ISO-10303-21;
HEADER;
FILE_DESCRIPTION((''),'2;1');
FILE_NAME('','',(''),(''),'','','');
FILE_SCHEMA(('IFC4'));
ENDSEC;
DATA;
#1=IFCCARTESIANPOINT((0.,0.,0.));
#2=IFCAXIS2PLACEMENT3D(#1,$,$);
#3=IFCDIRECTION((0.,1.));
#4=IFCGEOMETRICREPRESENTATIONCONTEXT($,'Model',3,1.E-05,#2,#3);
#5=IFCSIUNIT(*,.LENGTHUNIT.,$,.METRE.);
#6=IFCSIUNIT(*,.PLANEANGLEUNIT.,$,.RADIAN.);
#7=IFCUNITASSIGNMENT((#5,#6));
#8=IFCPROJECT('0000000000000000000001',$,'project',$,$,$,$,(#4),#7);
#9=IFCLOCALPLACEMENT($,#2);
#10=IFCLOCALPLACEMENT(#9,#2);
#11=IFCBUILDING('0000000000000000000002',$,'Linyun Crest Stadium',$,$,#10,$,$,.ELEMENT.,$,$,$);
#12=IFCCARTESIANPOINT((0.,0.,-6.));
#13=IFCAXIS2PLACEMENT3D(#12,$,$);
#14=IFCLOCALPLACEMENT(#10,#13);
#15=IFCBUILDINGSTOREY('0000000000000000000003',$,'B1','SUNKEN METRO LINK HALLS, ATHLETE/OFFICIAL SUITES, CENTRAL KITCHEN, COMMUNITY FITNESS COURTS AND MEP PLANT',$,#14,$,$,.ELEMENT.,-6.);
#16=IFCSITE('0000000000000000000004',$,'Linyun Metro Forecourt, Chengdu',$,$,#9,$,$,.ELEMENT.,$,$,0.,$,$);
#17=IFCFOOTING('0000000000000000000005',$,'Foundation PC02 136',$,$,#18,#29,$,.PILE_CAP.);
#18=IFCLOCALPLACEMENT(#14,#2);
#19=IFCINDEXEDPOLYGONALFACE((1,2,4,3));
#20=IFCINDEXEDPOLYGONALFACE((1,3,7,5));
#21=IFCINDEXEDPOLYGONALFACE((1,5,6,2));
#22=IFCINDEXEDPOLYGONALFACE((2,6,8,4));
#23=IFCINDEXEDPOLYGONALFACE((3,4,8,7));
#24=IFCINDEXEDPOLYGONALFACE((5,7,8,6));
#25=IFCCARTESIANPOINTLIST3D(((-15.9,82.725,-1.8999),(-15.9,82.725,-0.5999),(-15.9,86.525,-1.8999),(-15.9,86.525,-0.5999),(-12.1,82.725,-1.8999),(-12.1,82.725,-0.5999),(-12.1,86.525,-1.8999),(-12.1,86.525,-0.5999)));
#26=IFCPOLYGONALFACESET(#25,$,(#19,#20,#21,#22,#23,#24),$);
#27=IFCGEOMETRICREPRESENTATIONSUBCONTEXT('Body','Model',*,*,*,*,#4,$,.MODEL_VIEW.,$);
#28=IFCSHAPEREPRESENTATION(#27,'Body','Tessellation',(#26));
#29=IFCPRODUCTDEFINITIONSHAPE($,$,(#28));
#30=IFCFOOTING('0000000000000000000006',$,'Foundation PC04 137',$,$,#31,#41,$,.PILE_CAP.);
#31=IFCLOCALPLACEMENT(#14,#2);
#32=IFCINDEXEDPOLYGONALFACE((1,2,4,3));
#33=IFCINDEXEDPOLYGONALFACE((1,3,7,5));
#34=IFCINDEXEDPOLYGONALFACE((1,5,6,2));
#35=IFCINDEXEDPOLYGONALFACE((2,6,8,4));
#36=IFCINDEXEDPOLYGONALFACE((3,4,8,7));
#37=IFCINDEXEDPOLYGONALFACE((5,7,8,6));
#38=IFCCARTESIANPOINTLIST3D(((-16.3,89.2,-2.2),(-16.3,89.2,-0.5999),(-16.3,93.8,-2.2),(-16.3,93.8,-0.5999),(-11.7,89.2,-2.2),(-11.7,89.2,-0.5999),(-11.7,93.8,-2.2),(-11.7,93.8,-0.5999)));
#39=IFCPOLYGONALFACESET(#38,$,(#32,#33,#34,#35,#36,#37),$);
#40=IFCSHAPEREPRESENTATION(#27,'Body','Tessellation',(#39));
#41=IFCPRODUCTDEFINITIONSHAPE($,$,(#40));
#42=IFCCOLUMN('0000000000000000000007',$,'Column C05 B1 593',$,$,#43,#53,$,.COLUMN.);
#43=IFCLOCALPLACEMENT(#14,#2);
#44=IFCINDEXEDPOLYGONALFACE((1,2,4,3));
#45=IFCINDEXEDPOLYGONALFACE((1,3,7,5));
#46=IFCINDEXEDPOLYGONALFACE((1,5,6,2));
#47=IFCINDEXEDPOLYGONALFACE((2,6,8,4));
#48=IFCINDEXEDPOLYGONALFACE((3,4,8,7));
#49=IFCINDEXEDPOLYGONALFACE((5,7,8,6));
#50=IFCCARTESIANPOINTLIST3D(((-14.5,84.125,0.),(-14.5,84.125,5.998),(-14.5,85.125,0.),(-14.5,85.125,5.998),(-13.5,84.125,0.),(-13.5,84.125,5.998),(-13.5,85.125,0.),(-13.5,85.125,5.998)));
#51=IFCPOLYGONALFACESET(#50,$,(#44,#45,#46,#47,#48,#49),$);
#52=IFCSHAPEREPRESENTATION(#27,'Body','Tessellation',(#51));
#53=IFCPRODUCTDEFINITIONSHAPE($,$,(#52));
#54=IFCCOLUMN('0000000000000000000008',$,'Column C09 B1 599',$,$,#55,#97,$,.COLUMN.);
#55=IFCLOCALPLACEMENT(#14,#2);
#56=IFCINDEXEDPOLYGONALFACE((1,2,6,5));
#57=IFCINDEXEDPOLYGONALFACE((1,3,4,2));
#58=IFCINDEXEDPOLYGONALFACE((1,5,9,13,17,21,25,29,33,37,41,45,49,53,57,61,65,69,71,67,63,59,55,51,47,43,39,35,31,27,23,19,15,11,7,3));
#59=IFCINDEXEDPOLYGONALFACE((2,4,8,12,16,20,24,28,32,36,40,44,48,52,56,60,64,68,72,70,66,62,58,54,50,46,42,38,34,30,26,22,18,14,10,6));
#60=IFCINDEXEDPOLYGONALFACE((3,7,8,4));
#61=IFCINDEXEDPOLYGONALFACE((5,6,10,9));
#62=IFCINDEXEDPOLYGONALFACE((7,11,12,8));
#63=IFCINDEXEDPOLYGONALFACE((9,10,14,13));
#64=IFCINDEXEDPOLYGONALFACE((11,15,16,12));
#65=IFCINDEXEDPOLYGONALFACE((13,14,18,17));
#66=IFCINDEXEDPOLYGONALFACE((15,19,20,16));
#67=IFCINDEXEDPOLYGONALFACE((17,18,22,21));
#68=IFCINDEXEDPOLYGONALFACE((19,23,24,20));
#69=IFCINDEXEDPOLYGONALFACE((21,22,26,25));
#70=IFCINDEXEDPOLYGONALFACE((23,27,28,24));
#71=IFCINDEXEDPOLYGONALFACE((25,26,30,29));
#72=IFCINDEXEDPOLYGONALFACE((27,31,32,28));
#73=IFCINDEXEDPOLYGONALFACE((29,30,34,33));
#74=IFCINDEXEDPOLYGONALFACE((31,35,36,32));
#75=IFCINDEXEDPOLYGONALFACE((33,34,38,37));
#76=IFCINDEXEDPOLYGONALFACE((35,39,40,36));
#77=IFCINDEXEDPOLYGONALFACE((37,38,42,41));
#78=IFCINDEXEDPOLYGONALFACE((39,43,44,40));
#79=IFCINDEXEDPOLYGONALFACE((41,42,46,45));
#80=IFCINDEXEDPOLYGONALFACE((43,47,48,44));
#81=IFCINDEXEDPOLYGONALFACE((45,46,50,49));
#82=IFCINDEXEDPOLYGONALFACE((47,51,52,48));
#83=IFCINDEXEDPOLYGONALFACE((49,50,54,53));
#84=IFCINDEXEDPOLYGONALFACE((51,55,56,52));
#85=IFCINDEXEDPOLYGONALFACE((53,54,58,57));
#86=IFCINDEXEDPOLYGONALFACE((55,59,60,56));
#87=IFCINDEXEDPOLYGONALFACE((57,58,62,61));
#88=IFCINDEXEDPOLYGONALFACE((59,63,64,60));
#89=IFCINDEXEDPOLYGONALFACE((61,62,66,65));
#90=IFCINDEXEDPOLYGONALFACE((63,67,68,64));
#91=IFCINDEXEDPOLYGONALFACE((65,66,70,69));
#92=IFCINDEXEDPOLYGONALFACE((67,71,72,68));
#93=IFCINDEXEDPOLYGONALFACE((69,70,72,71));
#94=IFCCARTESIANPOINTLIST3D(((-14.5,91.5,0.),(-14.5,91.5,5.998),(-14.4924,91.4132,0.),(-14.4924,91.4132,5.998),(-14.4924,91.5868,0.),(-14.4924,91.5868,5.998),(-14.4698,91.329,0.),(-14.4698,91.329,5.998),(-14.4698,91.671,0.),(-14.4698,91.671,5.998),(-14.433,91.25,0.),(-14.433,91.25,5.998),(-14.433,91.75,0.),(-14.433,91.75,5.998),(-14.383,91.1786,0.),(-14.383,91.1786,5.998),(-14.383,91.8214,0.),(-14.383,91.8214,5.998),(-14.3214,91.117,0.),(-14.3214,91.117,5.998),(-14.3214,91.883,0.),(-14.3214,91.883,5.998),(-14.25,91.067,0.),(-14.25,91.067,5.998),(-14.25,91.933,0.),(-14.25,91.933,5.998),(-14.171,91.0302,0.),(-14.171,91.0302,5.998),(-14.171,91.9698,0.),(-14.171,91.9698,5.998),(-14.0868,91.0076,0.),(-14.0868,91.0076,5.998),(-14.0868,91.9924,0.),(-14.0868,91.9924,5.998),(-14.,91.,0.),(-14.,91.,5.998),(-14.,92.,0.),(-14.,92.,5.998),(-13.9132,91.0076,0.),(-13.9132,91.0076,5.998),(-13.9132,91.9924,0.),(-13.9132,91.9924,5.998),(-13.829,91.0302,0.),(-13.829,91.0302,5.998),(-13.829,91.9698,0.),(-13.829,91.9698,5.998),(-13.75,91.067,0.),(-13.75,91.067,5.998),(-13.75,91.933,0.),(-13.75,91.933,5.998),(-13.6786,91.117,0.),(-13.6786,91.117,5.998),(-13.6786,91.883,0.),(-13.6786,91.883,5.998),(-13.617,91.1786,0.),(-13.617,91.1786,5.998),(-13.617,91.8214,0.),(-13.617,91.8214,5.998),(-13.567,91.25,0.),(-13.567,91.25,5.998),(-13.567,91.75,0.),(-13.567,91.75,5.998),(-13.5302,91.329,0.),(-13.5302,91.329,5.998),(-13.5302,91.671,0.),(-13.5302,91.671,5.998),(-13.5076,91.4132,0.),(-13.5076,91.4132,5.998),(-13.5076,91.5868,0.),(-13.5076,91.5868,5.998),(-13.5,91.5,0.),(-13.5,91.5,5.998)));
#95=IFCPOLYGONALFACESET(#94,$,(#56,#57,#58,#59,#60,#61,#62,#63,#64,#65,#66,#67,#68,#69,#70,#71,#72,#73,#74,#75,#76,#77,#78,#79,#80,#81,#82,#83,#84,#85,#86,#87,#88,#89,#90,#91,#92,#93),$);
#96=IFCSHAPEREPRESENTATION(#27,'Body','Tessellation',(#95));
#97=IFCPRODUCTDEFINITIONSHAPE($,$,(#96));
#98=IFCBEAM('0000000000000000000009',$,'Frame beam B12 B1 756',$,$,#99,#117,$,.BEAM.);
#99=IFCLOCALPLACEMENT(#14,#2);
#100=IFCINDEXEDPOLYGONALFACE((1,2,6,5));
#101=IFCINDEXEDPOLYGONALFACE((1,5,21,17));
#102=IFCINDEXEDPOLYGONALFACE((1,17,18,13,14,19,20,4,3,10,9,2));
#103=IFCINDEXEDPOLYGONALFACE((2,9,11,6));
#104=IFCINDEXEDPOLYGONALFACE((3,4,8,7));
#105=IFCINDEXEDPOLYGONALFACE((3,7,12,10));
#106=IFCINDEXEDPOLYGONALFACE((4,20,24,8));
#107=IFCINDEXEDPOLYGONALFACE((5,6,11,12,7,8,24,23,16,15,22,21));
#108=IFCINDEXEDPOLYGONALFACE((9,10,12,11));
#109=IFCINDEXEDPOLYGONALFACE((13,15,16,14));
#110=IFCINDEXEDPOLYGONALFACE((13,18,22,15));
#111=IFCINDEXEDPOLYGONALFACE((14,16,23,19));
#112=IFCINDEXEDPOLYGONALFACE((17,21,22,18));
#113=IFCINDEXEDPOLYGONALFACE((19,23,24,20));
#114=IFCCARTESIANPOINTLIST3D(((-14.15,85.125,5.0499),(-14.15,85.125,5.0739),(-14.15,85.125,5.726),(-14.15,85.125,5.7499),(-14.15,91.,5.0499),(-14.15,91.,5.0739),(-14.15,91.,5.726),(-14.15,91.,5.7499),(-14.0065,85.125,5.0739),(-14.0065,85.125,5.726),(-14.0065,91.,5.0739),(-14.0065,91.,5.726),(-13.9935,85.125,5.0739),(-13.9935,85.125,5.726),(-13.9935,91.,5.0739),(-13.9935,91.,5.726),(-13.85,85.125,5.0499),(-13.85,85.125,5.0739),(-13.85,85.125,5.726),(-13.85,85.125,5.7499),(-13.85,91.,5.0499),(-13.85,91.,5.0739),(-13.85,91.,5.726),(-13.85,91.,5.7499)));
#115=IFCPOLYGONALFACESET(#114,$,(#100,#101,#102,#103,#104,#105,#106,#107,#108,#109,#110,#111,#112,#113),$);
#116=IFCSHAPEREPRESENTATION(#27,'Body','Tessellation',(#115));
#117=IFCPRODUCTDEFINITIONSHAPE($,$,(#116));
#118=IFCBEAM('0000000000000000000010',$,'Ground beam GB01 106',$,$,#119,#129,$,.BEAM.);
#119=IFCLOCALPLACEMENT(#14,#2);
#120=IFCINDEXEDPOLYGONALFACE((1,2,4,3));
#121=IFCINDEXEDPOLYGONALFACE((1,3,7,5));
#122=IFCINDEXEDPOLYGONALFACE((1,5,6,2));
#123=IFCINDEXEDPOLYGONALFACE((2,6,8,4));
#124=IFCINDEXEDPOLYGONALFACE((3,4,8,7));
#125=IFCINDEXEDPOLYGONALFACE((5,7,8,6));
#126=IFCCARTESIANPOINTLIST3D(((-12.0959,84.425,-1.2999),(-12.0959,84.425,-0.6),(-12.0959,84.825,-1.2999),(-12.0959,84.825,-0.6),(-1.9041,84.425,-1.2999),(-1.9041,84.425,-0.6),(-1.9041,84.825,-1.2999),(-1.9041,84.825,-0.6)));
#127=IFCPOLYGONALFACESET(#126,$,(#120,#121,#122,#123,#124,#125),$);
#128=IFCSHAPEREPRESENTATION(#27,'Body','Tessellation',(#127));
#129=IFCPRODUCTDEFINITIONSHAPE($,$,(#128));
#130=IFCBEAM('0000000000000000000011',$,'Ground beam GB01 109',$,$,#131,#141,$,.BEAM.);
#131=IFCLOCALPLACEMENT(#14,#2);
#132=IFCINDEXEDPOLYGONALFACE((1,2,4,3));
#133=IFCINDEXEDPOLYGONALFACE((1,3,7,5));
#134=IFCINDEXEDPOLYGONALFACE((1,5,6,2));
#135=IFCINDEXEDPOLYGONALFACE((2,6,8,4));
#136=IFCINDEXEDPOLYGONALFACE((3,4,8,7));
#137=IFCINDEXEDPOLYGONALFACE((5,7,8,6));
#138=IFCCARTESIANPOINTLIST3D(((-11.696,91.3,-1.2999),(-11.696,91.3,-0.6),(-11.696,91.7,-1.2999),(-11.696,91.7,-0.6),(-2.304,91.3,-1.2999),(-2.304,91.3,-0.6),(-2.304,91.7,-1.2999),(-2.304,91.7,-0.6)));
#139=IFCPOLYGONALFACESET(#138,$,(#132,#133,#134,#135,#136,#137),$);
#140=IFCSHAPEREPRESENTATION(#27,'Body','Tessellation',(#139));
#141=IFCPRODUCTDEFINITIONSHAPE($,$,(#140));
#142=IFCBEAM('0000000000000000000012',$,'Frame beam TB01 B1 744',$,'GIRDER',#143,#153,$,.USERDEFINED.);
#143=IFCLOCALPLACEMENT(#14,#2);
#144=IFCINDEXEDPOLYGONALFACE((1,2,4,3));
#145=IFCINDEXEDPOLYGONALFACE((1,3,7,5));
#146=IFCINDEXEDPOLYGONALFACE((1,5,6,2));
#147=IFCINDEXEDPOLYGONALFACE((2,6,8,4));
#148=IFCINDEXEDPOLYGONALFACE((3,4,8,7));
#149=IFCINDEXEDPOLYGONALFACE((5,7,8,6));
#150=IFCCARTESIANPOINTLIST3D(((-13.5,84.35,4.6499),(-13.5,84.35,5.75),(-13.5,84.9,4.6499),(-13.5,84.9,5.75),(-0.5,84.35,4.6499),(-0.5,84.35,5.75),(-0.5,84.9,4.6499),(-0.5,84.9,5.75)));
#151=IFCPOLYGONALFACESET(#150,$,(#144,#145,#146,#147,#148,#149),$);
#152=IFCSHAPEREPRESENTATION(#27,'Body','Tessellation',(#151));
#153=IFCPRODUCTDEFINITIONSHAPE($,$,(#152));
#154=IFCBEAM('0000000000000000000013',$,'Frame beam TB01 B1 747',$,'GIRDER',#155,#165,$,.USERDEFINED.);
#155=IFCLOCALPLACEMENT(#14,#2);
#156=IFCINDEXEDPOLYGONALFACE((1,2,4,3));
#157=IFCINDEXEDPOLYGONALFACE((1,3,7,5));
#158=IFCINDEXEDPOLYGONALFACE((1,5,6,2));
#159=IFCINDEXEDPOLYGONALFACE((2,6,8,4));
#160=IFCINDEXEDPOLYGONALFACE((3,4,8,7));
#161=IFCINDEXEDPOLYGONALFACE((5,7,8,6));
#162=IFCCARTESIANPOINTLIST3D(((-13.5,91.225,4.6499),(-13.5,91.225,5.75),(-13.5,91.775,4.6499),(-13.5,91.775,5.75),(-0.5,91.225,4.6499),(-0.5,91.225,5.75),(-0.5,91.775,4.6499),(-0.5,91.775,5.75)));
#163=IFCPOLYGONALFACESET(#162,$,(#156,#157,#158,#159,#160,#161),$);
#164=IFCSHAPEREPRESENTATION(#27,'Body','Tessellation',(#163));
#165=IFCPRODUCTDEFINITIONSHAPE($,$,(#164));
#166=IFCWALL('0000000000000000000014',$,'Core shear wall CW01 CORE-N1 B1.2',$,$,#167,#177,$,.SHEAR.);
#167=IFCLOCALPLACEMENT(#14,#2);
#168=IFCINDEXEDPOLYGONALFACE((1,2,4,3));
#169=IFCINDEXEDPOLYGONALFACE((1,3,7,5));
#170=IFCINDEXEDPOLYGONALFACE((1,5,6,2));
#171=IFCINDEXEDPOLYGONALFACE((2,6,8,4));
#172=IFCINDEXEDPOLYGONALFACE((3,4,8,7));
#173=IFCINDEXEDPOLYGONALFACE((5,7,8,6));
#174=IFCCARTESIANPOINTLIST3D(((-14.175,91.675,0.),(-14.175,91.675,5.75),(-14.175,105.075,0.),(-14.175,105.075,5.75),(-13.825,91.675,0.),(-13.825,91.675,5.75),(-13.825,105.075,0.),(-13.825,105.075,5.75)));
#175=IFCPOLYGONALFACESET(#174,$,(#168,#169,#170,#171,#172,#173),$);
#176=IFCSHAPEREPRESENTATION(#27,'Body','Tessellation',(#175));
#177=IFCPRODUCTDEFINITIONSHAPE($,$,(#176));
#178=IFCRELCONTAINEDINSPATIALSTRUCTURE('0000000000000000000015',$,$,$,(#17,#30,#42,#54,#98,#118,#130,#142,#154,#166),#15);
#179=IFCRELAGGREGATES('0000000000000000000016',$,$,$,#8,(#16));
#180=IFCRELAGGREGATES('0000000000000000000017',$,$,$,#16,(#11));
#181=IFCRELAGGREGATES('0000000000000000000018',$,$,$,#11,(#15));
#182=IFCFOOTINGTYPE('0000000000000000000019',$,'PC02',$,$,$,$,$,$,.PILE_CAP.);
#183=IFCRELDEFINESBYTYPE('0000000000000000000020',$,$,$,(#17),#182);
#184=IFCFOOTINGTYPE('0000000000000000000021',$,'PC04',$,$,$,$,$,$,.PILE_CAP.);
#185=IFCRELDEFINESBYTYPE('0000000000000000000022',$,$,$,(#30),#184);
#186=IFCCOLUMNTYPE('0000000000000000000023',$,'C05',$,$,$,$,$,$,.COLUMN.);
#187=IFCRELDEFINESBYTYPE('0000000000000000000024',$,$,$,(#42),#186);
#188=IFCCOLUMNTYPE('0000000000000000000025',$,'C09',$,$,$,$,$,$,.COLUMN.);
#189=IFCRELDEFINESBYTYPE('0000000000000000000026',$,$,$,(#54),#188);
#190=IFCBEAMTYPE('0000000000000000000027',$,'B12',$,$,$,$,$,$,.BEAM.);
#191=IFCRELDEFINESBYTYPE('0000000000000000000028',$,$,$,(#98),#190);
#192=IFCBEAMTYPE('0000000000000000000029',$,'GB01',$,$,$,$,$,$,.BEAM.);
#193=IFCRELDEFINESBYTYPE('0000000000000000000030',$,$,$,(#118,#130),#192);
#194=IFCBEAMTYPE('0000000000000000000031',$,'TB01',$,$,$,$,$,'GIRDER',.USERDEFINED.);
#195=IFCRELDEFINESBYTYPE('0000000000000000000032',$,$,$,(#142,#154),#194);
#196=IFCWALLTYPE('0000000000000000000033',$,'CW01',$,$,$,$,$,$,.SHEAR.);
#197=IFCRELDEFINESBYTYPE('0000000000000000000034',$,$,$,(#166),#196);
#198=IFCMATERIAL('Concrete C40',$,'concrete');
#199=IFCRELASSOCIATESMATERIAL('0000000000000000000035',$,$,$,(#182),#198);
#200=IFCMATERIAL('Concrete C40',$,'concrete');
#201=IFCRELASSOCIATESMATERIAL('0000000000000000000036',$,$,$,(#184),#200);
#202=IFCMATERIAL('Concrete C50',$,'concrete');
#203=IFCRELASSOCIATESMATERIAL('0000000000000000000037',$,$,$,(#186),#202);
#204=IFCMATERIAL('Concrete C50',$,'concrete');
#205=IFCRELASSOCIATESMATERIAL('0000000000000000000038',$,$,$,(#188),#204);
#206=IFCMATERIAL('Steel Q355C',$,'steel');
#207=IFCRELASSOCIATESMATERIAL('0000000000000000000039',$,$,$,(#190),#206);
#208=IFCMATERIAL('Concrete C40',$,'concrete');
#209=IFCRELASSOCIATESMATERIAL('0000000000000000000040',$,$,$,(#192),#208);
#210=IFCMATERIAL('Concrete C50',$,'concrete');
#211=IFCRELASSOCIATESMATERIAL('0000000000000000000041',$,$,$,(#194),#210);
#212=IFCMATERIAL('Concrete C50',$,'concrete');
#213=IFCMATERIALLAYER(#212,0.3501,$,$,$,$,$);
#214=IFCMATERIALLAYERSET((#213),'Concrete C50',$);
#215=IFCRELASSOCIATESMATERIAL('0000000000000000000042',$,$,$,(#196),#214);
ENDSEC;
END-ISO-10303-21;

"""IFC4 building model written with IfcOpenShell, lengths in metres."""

from ifc_helpers import new_model, si_unit, direction, frame, frame_2d, origin, origin_2d, place, context, subcontext, project, spatial, rectangle, circle, i_section, extrude, material, layer, layer_set, material_profile, profile_set, type_object, element, save


model = new_model("IFC4")

# Units and contexts
model_context = context("Model", 3, precision=1e-05, world=origin(), true_north=direction((0.0, 1.0)))
body_context = subcontext(model_context, "Body", "Model", "MODEL_VIEW")
ifc_project = project(units=[si_unit("LENGTHUNIT", "METRE"), si_unit("PLANEANGLEUNIT", "RADIAN")], contexts=[model_context])

# Site, building, storey
site_placement = place(None, origin())
site = spatial("IfcSite", under=ifc_project, at=site_placement, Name="Linyun Metro Forecourt, Chengdu", CompositionType="ELEMENT", RefElevation=0.0)
building_placement = place(site_placement, origin())
building = spatial("IfcBuilding", under=site, at=building_placement, Name="Linyun Crest Stadium", CompositionType="ELEMENT")
storey_placement = place(building_placement, frame((0.0, 0.0, -6.0)))
storey = spatial("IfcBuildingStorey", under=building, at=storey_placement, Name="B1", Description="SUNKEN METRO LINK HALLS, ATHLETE/OFFICIAL SUITES, CENTRAL KITCHEN, COMMUNITY FITNESS COURTS AND MEP PLANT", CompositionType="ELEMENT", Elevation=-6.0)

# Footings
ifc_material_1 = material(Name="Concrete C40", Category="concrete")
footing_type_1 = type_object("IfcFootingType", Name="PC02", PredefinedType="PILE_CAP", material=ifc_material_1)
footing_1_placement = place(storey_placement, frame((-14.0, 84.625, -1.8999), z_axis=(0.0, 0.0, 1.0), x_axis=(1.0, 0.0, 0.0)))
element("IfcFooting", 1, at=footing_1_placement, inside=storey, type_object=footing_type_1, Name="Foundation PC02 136", PredefinedType="PILE_CAP", context=body_context, shape_type="SweptSolid", body=[
    extrude(rectangle(XDim=3.8, YDim=3.8, at=origin_2d()), origin(), (0.0, 0.0, 1.0), 1.3),
])
ifc_material_2 = material(Name="Concrete C40", Category="concrete")
footing_type_2 = type_object("IfcFootingType", Name="PC04", PredefinedType="PILE_CAP", material=ifc_material_2)
footing_2_placement = place(storey_placement, frame((-14.0, 91.5, -2.2), z_axis=(0.0, 0.0, 1.0), x_axis=(1.0, 0.0, 0.0)))
element("IfcFooting", 2, at=footing_2_placement, inside=storey, type_object=footing_type_2, Name="Foundation PC04 137", PredefinedType="PILE_CAP", context=body_context, shape_type="SweptSolid", body=[
    extrude(rectangle(XDim=4.6001, YDim=4.6001, at=origin_2d()), origin(), (0.0, 0.0, 1.0), 1.6001),
])

# Columns
ifc_material_3 = material(Name="Concrete C50", Category="concrete")
ifc_material_profile_1 = material_profile(ifc_material_3, rectangle(XDim=1.0, YDim=1.0, at=origin_2d()), Name="RC 1000x1000")
ifc_profile_set_1 = profile_set([ifc_material_profile_1], Name="Concrete C50")
column_type_1 = type_object("IfcColumnType", Name="C05", PredefinedType="COLUMN", material=ifc_profile_set_1)
column_1_placement = place(storey_placement, frame((-14.0, 84.625, 0.0), z_axis=(0.0, 0.0, 1.0), x_axis=(1.0, 0.0, 0.0)))
element("IfcColumn", 3, at=column_1_placement, inside=storey, type_object=column_type_1, Name="Column C05 B1 593", PredefinedType="COLUMN", context=body_context, shape_type="SweptSolid", body=[
    extrude(rectangle(XDim=1.0, YDim=1.0, at=origin_2d()), origin(), (0.0, 0.0, 1.0), 5.998),
])
ifc_material_4 = material(Name="Concrete C50", Category="concrete")
ifc_material_profile_2 = material_profile(ifc_material_4, circle(Radius=0.5, at=origin_2d()), Name="RC D1000")
ifc_profile_set_2 = profile_set([ifc_material_profile_2], Name="Concrete C50")
column_type_2 = type_object("IfcColumnType", Name="C09", PredefinedType="COLUMN", material=ifc_profile_set_2)
column_2_placement = place(storey_placement, frame((-14.0, 91.5, 0.0), z_axis=(0.0, 0.0, 1.0), x_axis=(1.0, 0.0, 0.0)))
element("IfcColumn", 4, at=column_2_placement, inside=storey, type_object=column_type_2, Name="Column C09 B1 599", PredefinedType="COLUMN", context=body_context, shape_type="SweptSolid", body=[
    extrude(circle(Radius=0.5, at=origin_2d()), origin(), (0.0, 0.0, 1.0), 5.998),
])

# Beams
ifc_material_5 = material(Name="Steel Q355C", Category="steel")
ifc_material_profile_3 = material_profile(ifc_material_5, i_section(OverallWidth=0.3, OverallDepth=0.7, WebThickness=0.0129, FlangeThickness=0.0239, at=origin_2d()), Name="HN 700x300")
ifc_profile_set_3 = profile_set([ifc_material_profile_3], Name="Steel Q355C")
beam_type_1 = type_object("IfcBeamType", Name="B12", PredefinedType="BEAM", material=ifc_profile_set_3)
beam_1_placement = place(storey_placement, frame((-14.0, 85.125, 5.3999), z_axis=(0.0, 1.0, 0.0), x_axis=(-1.0, 0.0, 0.0)))
element("IfcBeam", 5, at=beam_1_placement, inside=storey, type_object=beam_type_1, Name="Frame beam B12 B1 756", PredefinedType="BEAM", context=body_context, shape_type="SweptSolid", body=[
    extrude(i_section(OverallWidth=0.3, OverallDepth=0.7, WebThickness=0.0129, FlangeThickness=0.0239, at=origin_2d()), origin(), (0.0, 0.0, 1.0), 5.875),
])
ifc_material_6 = material(Name="Concrete C40", Category="concrete")
ifc_material_profile_4 = material_profile(ifc_material_6, rectangle(XDim=0.3999, YDim=0.7, at=origin_2d()), Name="RCB 700x400")
ifc_profile_set_4 = profile_set([ifc_material_profile_4], Name="Concrete C40")
beam_type_2 = type_object("IfcBeamType", Name="GB01", PredefinedType="BEAM", material=ifc_profile_set_4)
beam_2_placement = place(storey_placement, frame((-12.0959, 84.625, -0.95), z_axis=(1.0, 0.0, 0.0), x_axis=(0.0, 1.0, 0.0)))
element("IfcBeam", 6, at=beam_2_placement, inside=storey, type_object=beam_type_2, Name="Ground beam GB01 106", PredefinedType="BEAM", context=body_context, shape_type="SweptSolid", body=[
    extrude(rectangle(XDim=0.3999, YDim=0.7, at=origin_2d()), origin(), (0.0, 0.0, 1.0), 10.1919),
])
beam_3_placement = place(storey_placement, frame((-11.696, 91.5, -0.95), z_axis=(1.0, 0.0, 0.0), x_axis=(0.0, 1.0, 0.0)))
element("IfcBeam", 7, at=beam_3_placement, inside=storey, type_object=beam_type_2, Name="Ground beam GB01 109", PredefinedType="BEAM", context=body_context, shape_type="SweptSolid", body=[
    extrude(rectangle(XDim=0.3999, YDim=0.7, at=origin_2d()), origin(), (0.0, 0.0, 1.0), 9.3921),
])
ifc_material_7 = material(Name="Concrete C50", Category="concrete")
ifc_material_profile_5 = material_profile(ifc_material_7, rectangle(XDim=0.55, YDim=1.1001, at=origin_2d()), Name="RCB 1100x550")
ifc_profile_set_5 = profile_set([ifc_material_profile_5], Name="Concrete C50")
beam_type_3 = type_object("IfcBeamType", Name="TB01", ElementType="GIRDER", PredefinedType="USERDEFINED", material=ifc_profile_set_5)
for number, where, z_axis, x_axis, name in (
    (8, (-13.5, 84.625, 5.2), (1.0, 0.0, 0.0), (0.0, 1.0, 0.0), "Frame beam TB01 B1 744"),
    (9, (-13.5, 91.5, 5.2), (1.0, 0.0, 0.0), (0.0, 1.0, 0.0), "Frame beam TB01 B1 747"),
):
    element("IfcBeam", number, at=place(storey_placement, frame(where, z_axis=z_axis, x_axis=x_axis)), inside=storey, type_object=beam_type_3, Name=name, ObjectType="GIRDER", PredefinedType="USERDEFINED", context=body_context, shape_type="SweptSolid", body=[
        extrude(rectangle(XDim=0.55, YDim=1.1001, at=origin_2d()), origin(), (0.0, 0.0, 1.0), 13.0),
    ])

# Wall
ifc_material_8 = material(Name="Concrete C50", Category="concrete")
ifc_layer_1 = layer(ifc_material_8, 0.3501)
ifc_layer_set_1 = layer_set([ifc_layer_1], Name="Concrete C50")
wall_type_1 = type_object("IfcWallType", Name="CW01", PredefinedType="SHEAR", material=ifc_layer_set_1)
wall_1_placement = place(storey_placement, frame((-14.0, 91.675, 0.0), z_axis=(0.0, 0.0, 1.0), x_axis=(0.0, 1.0, 0.0)))
element("IfcWall", 10, at=wall_1_placement, inside=storey, type_object=wall_type_1, Name="Core shear wall CW01 CORE-N1 B1.2", PredefinedType="SHEAR", context=body_context, shape_type="SweptSolid", body=[
    extrude(rectangle(XDim=13.3999, YDim=0.3501, at=frame_2d((6.7, 0.0))), origin(), (0.0, 0.0, 1.0), 5.75),
])

save(model, "model.ifc")
